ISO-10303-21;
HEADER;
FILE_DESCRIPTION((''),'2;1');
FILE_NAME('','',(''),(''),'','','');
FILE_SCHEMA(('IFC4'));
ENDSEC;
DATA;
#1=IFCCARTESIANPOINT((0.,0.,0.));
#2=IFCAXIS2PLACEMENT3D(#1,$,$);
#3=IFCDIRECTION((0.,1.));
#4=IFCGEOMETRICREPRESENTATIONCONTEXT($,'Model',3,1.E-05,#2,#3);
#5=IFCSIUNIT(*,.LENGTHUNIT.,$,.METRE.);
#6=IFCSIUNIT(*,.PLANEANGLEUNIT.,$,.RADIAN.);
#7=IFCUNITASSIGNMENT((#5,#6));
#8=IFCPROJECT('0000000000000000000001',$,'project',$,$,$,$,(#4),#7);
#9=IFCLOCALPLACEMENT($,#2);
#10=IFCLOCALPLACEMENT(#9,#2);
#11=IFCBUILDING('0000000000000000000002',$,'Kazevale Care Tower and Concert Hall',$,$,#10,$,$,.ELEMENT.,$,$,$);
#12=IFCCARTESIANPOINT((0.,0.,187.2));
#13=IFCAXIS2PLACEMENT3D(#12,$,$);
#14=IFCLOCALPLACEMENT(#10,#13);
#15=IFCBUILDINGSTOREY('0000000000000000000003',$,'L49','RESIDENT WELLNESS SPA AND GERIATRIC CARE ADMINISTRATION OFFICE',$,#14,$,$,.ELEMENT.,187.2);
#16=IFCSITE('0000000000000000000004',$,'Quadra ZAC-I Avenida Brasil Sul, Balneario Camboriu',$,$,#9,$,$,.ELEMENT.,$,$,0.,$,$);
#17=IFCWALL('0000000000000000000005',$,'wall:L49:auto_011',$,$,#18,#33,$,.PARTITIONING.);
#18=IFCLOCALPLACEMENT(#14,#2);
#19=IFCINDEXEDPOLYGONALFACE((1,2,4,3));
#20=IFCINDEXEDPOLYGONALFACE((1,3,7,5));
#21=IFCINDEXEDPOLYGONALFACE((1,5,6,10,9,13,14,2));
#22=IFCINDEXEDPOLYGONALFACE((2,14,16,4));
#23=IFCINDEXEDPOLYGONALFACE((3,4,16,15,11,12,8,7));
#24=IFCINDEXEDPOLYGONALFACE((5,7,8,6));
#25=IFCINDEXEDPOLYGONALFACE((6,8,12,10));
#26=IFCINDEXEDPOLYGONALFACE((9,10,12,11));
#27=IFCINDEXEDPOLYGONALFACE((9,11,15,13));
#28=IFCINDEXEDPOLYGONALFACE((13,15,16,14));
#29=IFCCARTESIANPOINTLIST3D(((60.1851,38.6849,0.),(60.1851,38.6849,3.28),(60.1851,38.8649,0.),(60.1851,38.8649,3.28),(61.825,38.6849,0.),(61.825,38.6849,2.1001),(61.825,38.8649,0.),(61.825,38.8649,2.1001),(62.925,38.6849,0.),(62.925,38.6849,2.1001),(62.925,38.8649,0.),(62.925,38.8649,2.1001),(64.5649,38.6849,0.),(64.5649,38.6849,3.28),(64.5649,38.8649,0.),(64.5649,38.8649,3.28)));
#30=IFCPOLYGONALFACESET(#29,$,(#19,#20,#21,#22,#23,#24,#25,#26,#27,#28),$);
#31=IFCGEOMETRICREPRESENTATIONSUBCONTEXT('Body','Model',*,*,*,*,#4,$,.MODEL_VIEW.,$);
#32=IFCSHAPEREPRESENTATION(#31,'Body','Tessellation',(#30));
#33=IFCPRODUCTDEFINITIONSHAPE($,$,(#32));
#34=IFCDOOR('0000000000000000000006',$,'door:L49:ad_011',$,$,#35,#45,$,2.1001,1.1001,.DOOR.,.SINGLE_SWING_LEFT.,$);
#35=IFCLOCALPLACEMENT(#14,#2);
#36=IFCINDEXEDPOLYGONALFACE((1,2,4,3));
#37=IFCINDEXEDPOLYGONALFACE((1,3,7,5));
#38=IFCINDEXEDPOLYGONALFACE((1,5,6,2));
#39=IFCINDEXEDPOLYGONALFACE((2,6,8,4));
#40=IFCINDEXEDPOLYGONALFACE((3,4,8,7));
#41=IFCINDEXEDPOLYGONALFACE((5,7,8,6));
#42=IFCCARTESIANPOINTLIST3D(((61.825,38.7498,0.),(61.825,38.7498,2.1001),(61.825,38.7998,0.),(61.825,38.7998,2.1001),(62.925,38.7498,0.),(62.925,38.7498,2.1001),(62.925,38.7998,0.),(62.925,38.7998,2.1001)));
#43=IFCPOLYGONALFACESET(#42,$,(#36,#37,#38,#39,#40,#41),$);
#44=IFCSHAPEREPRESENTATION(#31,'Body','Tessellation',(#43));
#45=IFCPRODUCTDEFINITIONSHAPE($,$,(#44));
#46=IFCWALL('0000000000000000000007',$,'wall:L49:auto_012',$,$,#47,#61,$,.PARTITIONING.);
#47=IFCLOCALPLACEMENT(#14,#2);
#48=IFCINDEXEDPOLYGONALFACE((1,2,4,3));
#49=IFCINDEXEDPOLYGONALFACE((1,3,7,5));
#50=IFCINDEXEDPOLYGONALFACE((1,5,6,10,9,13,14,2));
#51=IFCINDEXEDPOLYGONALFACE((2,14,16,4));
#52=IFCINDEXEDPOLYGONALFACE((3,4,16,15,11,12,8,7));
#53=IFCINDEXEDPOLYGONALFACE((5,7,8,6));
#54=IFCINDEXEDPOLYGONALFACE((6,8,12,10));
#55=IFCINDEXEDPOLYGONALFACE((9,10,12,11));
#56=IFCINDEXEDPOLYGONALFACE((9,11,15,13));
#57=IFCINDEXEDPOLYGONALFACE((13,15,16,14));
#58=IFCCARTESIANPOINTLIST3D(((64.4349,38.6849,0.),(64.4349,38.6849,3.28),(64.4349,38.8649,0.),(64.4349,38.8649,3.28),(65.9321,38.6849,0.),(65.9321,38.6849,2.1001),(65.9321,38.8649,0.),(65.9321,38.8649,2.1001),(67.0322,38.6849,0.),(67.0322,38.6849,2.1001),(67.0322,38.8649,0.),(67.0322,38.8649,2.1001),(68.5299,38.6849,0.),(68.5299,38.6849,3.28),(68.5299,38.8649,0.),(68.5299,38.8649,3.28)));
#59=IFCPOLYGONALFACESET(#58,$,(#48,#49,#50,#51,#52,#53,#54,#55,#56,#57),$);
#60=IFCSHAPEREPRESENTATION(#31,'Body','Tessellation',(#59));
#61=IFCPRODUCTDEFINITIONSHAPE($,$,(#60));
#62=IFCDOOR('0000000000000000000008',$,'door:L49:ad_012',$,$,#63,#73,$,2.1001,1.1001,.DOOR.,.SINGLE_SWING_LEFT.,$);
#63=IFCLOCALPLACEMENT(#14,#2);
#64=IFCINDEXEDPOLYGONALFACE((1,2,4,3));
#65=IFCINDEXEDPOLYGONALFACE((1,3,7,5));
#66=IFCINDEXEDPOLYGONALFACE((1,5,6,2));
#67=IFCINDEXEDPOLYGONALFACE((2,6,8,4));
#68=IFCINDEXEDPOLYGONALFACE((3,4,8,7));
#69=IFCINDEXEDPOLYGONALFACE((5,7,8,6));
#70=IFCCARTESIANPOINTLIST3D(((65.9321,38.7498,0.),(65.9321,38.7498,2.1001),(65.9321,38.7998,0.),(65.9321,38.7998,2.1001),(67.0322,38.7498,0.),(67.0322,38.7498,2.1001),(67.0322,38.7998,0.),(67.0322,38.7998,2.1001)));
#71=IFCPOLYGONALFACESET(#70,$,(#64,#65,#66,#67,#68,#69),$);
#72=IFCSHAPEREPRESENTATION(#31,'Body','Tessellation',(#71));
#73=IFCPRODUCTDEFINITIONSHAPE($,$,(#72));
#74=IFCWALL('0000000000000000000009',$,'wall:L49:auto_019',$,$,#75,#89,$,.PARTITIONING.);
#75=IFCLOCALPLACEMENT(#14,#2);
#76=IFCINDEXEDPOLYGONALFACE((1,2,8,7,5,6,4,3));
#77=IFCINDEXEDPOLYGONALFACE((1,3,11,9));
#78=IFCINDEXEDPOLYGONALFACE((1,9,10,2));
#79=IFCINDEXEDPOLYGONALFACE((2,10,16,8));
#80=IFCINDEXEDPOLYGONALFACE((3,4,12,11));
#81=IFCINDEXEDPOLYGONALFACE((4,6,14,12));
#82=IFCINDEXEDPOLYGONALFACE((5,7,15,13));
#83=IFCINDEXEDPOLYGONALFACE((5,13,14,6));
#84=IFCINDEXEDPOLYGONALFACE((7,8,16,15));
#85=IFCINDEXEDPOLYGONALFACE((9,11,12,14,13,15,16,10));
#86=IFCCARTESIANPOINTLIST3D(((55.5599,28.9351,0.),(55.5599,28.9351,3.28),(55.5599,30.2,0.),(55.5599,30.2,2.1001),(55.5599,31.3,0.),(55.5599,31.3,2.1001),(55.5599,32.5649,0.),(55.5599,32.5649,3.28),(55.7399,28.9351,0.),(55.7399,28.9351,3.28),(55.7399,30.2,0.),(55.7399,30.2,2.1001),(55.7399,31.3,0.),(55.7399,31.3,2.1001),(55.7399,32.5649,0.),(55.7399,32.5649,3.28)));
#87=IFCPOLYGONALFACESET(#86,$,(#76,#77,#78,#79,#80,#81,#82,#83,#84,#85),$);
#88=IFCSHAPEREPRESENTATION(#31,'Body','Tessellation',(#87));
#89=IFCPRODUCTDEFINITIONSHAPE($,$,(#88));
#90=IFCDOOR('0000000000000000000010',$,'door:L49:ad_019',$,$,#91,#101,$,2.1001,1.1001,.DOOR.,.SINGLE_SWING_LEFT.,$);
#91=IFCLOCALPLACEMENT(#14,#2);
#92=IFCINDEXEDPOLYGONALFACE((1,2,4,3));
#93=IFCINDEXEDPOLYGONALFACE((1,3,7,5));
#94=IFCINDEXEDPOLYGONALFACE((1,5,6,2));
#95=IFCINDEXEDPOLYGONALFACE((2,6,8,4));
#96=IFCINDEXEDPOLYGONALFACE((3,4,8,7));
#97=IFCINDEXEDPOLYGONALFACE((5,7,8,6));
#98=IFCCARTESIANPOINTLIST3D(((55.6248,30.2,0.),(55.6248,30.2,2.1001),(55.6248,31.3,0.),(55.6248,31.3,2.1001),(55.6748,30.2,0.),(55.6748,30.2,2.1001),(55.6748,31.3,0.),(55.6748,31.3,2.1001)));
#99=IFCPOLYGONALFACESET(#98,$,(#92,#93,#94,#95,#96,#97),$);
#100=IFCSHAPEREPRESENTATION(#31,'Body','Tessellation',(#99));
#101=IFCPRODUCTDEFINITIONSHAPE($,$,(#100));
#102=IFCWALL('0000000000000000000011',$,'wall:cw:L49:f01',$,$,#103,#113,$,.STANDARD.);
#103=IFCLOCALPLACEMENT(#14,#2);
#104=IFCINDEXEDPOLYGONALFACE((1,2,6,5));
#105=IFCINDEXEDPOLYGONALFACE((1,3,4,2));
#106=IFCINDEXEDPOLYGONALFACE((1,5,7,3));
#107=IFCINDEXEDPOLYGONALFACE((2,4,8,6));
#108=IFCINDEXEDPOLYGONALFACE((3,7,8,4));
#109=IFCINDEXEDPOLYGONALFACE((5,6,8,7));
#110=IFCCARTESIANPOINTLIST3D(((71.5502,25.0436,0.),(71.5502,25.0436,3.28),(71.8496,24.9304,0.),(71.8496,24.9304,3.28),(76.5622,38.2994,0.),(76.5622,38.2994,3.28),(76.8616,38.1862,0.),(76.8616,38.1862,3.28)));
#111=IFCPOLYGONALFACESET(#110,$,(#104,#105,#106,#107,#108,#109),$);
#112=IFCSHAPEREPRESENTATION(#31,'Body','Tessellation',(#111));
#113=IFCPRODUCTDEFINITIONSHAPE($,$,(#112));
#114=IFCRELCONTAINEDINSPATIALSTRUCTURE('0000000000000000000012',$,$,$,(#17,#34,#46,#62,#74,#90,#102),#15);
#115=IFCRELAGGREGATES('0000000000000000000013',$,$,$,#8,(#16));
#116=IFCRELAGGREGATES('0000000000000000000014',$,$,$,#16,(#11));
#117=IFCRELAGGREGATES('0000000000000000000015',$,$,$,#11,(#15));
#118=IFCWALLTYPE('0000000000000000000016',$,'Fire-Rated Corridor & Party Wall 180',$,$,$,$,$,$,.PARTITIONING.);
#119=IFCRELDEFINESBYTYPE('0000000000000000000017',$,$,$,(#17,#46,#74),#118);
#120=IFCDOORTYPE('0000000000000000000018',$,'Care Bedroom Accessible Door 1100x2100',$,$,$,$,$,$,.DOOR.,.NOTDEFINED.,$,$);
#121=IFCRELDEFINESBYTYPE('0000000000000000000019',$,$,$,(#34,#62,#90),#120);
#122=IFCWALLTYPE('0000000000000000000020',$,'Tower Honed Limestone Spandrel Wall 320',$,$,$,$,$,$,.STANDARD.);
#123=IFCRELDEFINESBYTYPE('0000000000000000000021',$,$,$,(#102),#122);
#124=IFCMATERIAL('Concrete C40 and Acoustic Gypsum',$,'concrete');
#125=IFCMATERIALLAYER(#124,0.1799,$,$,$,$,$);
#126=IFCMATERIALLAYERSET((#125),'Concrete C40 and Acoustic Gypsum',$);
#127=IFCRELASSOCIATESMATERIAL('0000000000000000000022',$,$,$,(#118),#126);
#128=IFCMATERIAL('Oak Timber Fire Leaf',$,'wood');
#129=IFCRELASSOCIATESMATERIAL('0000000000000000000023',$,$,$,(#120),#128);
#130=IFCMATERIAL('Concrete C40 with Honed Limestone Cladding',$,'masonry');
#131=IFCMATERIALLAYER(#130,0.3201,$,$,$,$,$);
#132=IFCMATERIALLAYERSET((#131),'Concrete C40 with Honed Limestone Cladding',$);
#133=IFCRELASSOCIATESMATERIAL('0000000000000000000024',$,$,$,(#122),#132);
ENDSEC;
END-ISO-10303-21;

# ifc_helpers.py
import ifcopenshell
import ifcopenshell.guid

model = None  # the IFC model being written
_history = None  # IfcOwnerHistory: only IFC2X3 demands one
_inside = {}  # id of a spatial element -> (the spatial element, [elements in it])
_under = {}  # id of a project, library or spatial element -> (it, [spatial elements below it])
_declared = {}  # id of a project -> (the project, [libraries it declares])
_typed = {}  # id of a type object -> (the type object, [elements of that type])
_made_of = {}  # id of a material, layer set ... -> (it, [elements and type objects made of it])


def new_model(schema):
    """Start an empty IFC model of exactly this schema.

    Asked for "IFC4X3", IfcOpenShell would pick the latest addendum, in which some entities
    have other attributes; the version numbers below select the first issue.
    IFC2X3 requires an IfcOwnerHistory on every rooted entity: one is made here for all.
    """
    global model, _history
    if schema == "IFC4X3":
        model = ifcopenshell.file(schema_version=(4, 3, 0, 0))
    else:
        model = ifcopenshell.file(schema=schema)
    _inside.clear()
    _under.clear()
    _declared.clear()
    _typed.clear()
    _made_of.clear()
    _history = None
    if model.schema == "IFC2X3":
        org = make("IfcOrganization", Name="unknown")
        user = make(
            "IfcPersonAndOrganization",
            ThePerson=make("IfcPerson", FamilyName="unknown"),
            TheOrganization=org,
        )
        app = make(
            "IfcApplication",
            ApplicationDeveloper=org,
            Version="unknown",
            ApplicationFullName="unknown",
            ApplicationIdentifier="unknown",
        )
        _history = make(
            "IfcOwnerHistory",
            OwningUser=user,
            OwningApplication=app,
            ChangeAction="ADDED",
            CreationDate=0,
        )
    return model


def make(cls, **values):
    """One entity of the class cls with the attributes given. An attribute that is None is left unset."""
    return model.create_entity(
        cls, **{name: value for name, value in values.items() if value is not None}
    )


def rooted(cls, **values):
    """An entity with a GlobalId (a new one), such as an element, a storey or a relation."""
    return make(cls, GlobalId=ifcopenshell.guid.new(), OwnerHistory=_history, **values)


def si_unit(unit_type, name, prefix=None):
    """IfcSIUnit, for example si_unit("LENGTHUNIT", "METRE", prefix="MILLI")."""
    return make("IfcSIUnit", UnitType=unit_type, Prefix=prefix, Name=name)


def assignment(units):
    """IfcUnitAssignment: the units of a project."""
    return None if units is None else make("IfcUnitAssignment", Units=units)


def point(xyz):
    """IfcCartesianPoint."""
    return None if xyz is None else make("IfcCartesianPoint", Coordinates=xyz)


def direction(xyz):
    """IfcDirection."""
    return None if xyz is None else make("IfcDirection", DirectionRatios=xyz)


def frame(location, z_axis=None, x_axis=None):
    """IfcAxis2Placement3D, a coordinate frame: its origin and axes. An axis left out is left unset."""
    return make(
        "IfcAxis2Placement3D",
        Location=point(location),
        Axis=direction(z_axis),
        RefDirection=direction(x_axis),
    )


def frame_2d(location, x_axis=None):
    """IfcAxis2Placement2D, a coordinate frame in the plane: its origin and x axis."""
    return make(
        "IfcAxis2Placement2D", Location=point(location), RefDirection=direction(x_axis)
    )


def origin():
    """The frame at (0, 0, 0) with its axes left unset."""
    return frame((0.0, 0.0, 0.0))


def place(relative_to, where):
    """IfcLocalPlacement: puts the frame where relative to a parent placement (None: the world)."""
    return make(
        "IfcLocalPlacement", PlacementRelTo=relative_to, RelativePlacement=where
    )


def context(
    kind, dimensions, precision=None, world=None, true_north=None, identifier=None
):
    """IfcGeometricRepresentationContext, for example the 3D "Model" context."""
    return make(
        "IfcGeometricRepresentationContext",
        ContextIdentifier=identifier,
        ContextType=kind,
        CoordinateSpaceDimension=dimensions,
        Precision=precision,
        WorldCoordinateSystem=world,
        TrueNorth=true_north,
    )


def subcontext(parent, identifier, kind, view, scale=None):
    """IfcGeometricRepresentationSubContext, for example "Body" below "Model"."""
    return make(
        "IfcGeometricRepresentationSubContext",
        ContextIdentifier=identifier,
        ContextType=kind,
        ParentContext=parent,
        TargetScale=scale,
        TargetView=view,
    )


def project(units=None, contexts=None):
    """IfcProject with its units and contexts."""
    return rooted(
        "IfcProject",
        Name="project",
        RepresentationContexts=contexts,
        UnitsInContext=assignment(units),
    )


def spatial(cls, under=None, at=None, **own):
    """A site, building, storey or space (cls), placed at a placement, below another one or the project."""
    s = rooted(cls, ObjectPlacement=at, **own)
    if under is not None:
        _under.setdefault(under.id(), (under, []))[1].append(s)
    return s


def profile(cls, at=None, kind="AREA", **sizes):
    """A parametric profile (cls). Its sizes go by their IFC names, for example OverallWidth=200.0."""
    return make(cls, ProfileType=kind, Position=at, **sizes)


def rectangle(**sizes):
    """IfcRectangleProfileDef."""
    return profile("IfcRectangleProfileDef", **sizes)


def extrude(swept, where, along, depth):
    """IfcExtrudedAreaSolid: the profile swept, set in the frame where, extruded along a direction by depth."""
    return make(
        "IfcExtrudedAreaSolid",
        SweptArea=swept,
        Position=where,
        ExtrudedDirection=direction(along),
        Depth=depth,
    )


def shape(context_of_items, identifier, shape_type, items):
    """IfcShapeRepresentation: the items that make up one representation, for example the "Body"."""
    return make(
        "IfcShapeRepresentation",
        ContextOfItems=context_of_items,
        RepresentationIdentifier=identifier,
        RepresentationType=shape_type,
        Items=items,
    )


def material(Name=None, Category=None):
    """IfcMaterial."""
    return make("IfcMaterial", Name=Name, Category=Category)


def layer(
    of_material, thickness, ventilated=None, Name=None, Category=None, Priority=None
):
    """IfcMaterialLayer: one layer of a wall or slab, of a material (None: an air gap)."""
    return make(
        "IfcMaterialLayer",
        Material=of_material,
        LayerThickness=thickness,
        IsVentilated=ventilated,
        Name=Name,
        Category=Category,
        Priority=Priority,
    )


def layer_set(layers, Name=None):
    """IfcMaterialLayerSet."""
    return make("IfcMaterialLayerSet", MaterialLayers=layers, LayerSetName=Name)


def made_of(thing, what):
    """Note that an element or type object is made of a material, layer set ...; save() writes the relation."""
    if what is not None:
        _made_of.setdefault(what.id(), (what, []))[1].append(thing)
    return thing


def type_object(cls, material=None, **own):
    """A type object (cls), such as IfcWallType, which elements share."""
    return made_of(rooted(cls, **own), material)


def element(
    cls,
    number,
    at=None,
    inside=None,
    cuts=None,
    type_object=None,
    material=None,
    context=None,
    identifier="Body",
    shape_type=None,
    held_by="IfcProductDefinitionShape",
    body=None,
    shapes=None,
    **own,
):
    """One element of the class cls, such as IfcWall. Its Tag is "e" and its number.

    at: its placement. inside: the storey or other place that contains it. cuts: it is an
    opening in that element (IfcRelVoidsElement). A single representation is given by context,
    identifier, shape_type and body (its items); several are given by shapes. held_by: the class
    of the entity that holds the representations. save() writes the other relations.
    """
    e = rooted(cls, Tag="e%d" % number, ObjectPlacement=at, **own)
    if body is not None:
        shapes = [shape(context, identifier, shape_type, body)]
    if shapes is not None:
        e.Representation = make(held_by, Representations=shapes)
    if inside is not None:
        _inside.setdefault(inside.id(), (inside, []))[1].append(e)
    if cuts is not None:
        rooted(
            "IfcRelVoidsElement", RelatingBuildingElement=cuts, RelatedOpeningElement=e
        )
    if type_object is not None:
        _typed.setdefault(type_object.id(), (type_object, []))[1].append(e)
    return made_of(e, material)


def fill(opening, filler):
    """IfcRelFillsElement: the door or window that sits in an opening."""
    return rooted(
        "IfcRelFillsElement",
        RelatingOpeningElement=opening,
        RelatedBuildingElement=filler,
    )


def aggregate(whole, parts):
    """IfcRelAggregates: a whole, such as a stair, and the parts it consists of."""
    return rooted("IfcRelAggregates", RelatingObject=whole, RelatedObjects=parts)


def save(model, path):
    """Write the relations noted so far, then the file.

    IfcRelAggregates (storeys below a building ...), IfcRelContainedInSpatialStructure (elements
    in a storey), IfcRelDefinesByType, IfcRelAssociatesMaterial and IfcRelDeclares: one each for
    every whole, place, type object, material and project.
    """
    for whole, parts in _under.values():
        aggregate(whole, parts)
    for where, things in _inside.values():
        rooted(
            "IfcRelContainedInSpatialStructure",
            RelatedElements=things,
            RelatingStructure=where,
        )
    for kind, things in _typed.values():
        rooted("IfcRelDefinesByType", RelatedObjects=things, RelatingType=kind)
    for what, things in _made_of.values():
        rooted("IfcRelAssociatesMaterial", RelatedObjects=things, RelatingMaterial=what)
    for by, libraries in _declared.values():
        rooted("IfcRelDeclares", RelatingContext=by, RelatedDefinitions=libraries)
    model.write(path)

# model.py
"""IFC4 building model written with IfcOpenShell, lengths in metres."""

from ifc_helpers import new_model, si_unit, direction, frame, frame_2d, origin, place, context, subcontext, project, spatial, rectangle, extrude, material, layer, layer_set, type_object, element, fill, save


model = new_model("IFC4")

# Units and contexts
model_context = context("Model", 3, precision=1e-05, world=origin(), true_north=direction((0.0, 1.0)))
body_context = subcontext(model_context, "Body", "Model", "MODEL_VIEW")
ifc_project = project(units=[si_unit("LENGTHUNIT", "METRE"), si_unit("PLANEANGLEUNIT", "RADIAN")], contexts=[model_context])

# Site, building, storey
site_placement = place(None, origin())
site = spatial("IfcSite", under=ifc_project, at=site_placement, Name="Quadra ZAC-I Avenida Brasil Sul, Balneario Camboriu", CompositionType="ELEMENT", RefElevation=0.0)
building_placement = place(site_placement, origin())
building = spatial("IfcBuilding", under=site, at=building_placement, Name="Kazevale Care Tower and Concert Hall", CompositionType="ELEMENT")
storey_placement = place(building_placement, frame((0.0, 0.0, 187.2)))
storey = spatial("IfcBuildingStorey", under=building, at=storey_placement, Name="L49", Description="RESIDENT WELLNESS SPA AND GERIATRIC CARE ADMINISTRATION OFFICE", CompositionType="ELEMENT", Elevation=187.2)

# Walls, openings, doors
ifc_material_1 = material(Name="Concrete C40 and Acoustic Gypsum", Category="concrete")
ifc_layer_1 = layer(ifc_material_1, 0.1799)
ifc_layer_set_1 = layer_set([ifc_layer_1], Name="Concrete C40 and Acoustic Gypsum")
wall_type_1 = type_object("IfcWallType", Name="Fire-Rated Corridor & Party Wall 180", PredefinedType="PARTITIONING", material=ifc_layer_set_1)
ifc_material_2 = material(Name="Oak Timber Fire Leaf", Category="wood")
door_type = type_object("IfcDoorType", Name="Care Bedroom Accessible Door 1100x2100", OperationType="NOTDEFINED", PredefinedType="DOOR", material=ifc_material_2)
wall_1_placement = place(storey_placement, frame((60.1851, 38.7749, 0.0), z_axis=(0.0, 0.0, 1.0), x_axis=(1.0, 0.0, 0.0)))
wall_1 = element("IfcWall", 1, at=wall_1_placement, inside=storey, type_object=wall_type_1, Name="wall:L49:auto_011", PredefinedType="PARTITIONING", context=body_context, shape_type="SweptSolid", body=[
    extrude(rectangle(XDim=4.3799, YDim=0.1799, at=frame_2d((2.1899, 0.0))), origin(), (0.0, 0.0, 1.0), 3.28),
])
opening_1_placement = place(wall_1_placement, frame((1.6399, 0.0, 0.0)))
opening_1 = element("IfcOpeningElement", 2, at=opening_1_placement, cuts=wall_1, PredefinedType="OPENING", context=body_context, shape_type="SweptSolid", body=[
    extrude(rectangle(XDim=1.1001, YDim=2.1001, at=frame_2d((0.55, 1.05))), frame((0.0, 0.0999, 0.0), z_axis=(0.0, -1.0, 0.0), x_axis=(1.0, 0.0, 0.0)), (0.0, 0.0, 1.0), 0.2),
])
door_1_placement = place(opening_1_placement, origin())
door_1 = element("IfcDoor", 3, at=door_1_placement, inside=storey, type_object=door_type, Name="door:L49:ad_011", OperationType="SINGLE_SWING_LEFT", OverallHeight=2.1001, OverallWidth=1.1001, PredefinedType="DOOR", context=body_context, shape_type="SweptSolid", body=[
    extrude(rectangle(XDim=1.1001, YDim=2.1001, at=frame_2d((0.55, 1.05))), frame((0.0, 0.0249, 0.0), z_axis=(0.0, -1.0, 0.0), x_axis=(1.0, 0.0, 0.0)), (0.0, 0.0, 1.0), 0.05),
])
fill(opening_1, door_1)
wall_2_placement = place(storey_placement, frame((64.4351, 38.7749, 0.0), z_axis=(0.0, 0.0, 1.0), x_axis=(1.0, 0.0, 0.0)))
wall_2 = element("IfcWall", 4, at=wall_2_placement, inside=storey, type_object=wall_type_1, Name="wall:L49:auto_012", PredefinedType="PARTITIONING", context=body_context, shape_type="SweptSolid", body=[
    extrude(rectangle(XDim=4.095, YDim=0.1799, at=frame_2d((2.0474, 0.0))), origin(), (0.0, 0.0, 1.0), 3.28),
])
opening_2_placement = place(wall_2_placement, frame((1.4971, 0.0, 0.0)))
opening_2 = element("IfcOpeningElement", 5, at=opening_2_placement, cuts=wall_2, PredefinedType="OPENING", context=body_context, shape_type="SweptSolid", body=[
    extrude(rectangle(XDim=1.1001, YDim=2.1001, at=frame_2d((0.55, 1.05))), frame((0.0, 0.0999, 0.0), z_axis=(0.0, -1.0, 0.0), x_axis=(1.0, 0.0, 0.0)), (0.0, 0.0, 1.0), 0.2),
])
door_2_placement = place(opening_2_placement, origin())
door_2 = element("IfcDoor", 6, at=door_2_placement, inside=storey, type_object=door_type, Name="door:L49:ad_012", OperationType="SINGLE_SWING_LEFT", OverallHeight=2.1001, OverallWidth=1.1001, PredefinedType="DOOR", context=body_context, shape_type="SweptSolid", body=[
    extrude(rectangle(XDim=1.1001, YDim=2.1001, at=frame_2d((0.55, 1.05))), frame((0.0, 0.0249, 0.0), z_axis=(0.0, -1.0, 0.0), x_axis=(1.0, 0.0, 0.0)), (0.0, 0.0, 1.0), 0.05),
])
fill(opening_2, door_2)
wall_3_placement = place(storey_placement, frame((55.6499, 32.5649, 0.0), z_axis=(0.0, 0.0, 1.0), x_axis=(0.0, -1.0, 0.0)))
wall_3 = element("IfcWall", 7, at=wall_3_placement, inside=storey, type_object=wall_type_1, Name="wall:L49:auto_019", PredefinedType="PARTITIONING", context=body_context, shape_type="SweptSolid", body=[
    extrude(rectangle(XDim=3.6299, YDim=0.1799, at=frame_2d((1.8149, 0.0))), origin(), (0.0, 0.0, 1.0), 3.28),
])
opening_3_placement = place(wall_3_placement, frame((1.2649, 0.0, 0.0)))
opening_3 = element("IfcOpeningElement", 8, at=opening_3_placement, cuts=wall_3, PredefinedType="OPENING", context=body_context, shape_type="SweptSolid", body=[
    extrude(rectangle(XDim=1.1001, YDim=2.1001, at=frame_2d((0.55, 1.05))), frame((0.0, 0.0999, 0.0), z_axis=(0.0, -1.0, 0.0), x_axis=(1.0, 0.0, 0.0)), (0.0, 0.0, 1.0), 0.2),
])
door_3_placement = place(opening_3_placement, origin())
door_3 = element("IfcDoor", 9, at=door_3_placement, inside=storey, type_object=door_type, Name="door:L49:ad_019", OperationType="SINGLE_SWING_LEFT", OverallHeight=2.1001, OverallWidth=1.1001, PredefinedType="DOOR", context=body_context, shape_type="SweptSolid", body=[
    extrude(rectangle(XDim=1.1001, YDim=2.1001, at=frame_2d((0.55, 1.05))), frame((0.0, 0.0249, 0.0), z_axis=(0.0, -1.0, 0.0), x_axis=(1.0, 0.0, 0.0)), (0.0, 0.0, 1.0), 0.05),
])
fill(opening_3, door_3)

# Wall
ifc_material_3 = material(Name="Concrete C40 with Honed Limestone Cladding", Category="masonry")
ifc_layer_2 = layer(ifc_material_3, 0.3201)
ifc_layer_set_2 = layer_set([ifc_layer_2], Name="Concrete C40 with Honed Limestone Cladding")
wall_type_2 = type_object("IfcWallType", Name="Tower Honed Limestone Spandrel Wall 320", PredefinedType="STANDARD", material=ifc_layer_set_2)
wall_4_placement = place(storey_placement, frame((76.7119, 38.2429, 0.0), z_axis=(0.0, 0.0, 1.0), x_axis=(-0.35366, -0.935374, 0.0)))
element("IfcWall", 10, at=wall_4_placement, inside=storey, type_object=wall_type_2, Name="wall:cw:L49:f01", PredefinedType="STANDARD", context=body_context, shape_type="SweptSolid", body=[
    extrude(rectangle(XDim=14.1716, YDim=0.3201, at=frame_2d((7.0859, 0.0))), origin(), (0.0, 0.0, 1.0), 3.28),
])

save(model, "model.ifc")
